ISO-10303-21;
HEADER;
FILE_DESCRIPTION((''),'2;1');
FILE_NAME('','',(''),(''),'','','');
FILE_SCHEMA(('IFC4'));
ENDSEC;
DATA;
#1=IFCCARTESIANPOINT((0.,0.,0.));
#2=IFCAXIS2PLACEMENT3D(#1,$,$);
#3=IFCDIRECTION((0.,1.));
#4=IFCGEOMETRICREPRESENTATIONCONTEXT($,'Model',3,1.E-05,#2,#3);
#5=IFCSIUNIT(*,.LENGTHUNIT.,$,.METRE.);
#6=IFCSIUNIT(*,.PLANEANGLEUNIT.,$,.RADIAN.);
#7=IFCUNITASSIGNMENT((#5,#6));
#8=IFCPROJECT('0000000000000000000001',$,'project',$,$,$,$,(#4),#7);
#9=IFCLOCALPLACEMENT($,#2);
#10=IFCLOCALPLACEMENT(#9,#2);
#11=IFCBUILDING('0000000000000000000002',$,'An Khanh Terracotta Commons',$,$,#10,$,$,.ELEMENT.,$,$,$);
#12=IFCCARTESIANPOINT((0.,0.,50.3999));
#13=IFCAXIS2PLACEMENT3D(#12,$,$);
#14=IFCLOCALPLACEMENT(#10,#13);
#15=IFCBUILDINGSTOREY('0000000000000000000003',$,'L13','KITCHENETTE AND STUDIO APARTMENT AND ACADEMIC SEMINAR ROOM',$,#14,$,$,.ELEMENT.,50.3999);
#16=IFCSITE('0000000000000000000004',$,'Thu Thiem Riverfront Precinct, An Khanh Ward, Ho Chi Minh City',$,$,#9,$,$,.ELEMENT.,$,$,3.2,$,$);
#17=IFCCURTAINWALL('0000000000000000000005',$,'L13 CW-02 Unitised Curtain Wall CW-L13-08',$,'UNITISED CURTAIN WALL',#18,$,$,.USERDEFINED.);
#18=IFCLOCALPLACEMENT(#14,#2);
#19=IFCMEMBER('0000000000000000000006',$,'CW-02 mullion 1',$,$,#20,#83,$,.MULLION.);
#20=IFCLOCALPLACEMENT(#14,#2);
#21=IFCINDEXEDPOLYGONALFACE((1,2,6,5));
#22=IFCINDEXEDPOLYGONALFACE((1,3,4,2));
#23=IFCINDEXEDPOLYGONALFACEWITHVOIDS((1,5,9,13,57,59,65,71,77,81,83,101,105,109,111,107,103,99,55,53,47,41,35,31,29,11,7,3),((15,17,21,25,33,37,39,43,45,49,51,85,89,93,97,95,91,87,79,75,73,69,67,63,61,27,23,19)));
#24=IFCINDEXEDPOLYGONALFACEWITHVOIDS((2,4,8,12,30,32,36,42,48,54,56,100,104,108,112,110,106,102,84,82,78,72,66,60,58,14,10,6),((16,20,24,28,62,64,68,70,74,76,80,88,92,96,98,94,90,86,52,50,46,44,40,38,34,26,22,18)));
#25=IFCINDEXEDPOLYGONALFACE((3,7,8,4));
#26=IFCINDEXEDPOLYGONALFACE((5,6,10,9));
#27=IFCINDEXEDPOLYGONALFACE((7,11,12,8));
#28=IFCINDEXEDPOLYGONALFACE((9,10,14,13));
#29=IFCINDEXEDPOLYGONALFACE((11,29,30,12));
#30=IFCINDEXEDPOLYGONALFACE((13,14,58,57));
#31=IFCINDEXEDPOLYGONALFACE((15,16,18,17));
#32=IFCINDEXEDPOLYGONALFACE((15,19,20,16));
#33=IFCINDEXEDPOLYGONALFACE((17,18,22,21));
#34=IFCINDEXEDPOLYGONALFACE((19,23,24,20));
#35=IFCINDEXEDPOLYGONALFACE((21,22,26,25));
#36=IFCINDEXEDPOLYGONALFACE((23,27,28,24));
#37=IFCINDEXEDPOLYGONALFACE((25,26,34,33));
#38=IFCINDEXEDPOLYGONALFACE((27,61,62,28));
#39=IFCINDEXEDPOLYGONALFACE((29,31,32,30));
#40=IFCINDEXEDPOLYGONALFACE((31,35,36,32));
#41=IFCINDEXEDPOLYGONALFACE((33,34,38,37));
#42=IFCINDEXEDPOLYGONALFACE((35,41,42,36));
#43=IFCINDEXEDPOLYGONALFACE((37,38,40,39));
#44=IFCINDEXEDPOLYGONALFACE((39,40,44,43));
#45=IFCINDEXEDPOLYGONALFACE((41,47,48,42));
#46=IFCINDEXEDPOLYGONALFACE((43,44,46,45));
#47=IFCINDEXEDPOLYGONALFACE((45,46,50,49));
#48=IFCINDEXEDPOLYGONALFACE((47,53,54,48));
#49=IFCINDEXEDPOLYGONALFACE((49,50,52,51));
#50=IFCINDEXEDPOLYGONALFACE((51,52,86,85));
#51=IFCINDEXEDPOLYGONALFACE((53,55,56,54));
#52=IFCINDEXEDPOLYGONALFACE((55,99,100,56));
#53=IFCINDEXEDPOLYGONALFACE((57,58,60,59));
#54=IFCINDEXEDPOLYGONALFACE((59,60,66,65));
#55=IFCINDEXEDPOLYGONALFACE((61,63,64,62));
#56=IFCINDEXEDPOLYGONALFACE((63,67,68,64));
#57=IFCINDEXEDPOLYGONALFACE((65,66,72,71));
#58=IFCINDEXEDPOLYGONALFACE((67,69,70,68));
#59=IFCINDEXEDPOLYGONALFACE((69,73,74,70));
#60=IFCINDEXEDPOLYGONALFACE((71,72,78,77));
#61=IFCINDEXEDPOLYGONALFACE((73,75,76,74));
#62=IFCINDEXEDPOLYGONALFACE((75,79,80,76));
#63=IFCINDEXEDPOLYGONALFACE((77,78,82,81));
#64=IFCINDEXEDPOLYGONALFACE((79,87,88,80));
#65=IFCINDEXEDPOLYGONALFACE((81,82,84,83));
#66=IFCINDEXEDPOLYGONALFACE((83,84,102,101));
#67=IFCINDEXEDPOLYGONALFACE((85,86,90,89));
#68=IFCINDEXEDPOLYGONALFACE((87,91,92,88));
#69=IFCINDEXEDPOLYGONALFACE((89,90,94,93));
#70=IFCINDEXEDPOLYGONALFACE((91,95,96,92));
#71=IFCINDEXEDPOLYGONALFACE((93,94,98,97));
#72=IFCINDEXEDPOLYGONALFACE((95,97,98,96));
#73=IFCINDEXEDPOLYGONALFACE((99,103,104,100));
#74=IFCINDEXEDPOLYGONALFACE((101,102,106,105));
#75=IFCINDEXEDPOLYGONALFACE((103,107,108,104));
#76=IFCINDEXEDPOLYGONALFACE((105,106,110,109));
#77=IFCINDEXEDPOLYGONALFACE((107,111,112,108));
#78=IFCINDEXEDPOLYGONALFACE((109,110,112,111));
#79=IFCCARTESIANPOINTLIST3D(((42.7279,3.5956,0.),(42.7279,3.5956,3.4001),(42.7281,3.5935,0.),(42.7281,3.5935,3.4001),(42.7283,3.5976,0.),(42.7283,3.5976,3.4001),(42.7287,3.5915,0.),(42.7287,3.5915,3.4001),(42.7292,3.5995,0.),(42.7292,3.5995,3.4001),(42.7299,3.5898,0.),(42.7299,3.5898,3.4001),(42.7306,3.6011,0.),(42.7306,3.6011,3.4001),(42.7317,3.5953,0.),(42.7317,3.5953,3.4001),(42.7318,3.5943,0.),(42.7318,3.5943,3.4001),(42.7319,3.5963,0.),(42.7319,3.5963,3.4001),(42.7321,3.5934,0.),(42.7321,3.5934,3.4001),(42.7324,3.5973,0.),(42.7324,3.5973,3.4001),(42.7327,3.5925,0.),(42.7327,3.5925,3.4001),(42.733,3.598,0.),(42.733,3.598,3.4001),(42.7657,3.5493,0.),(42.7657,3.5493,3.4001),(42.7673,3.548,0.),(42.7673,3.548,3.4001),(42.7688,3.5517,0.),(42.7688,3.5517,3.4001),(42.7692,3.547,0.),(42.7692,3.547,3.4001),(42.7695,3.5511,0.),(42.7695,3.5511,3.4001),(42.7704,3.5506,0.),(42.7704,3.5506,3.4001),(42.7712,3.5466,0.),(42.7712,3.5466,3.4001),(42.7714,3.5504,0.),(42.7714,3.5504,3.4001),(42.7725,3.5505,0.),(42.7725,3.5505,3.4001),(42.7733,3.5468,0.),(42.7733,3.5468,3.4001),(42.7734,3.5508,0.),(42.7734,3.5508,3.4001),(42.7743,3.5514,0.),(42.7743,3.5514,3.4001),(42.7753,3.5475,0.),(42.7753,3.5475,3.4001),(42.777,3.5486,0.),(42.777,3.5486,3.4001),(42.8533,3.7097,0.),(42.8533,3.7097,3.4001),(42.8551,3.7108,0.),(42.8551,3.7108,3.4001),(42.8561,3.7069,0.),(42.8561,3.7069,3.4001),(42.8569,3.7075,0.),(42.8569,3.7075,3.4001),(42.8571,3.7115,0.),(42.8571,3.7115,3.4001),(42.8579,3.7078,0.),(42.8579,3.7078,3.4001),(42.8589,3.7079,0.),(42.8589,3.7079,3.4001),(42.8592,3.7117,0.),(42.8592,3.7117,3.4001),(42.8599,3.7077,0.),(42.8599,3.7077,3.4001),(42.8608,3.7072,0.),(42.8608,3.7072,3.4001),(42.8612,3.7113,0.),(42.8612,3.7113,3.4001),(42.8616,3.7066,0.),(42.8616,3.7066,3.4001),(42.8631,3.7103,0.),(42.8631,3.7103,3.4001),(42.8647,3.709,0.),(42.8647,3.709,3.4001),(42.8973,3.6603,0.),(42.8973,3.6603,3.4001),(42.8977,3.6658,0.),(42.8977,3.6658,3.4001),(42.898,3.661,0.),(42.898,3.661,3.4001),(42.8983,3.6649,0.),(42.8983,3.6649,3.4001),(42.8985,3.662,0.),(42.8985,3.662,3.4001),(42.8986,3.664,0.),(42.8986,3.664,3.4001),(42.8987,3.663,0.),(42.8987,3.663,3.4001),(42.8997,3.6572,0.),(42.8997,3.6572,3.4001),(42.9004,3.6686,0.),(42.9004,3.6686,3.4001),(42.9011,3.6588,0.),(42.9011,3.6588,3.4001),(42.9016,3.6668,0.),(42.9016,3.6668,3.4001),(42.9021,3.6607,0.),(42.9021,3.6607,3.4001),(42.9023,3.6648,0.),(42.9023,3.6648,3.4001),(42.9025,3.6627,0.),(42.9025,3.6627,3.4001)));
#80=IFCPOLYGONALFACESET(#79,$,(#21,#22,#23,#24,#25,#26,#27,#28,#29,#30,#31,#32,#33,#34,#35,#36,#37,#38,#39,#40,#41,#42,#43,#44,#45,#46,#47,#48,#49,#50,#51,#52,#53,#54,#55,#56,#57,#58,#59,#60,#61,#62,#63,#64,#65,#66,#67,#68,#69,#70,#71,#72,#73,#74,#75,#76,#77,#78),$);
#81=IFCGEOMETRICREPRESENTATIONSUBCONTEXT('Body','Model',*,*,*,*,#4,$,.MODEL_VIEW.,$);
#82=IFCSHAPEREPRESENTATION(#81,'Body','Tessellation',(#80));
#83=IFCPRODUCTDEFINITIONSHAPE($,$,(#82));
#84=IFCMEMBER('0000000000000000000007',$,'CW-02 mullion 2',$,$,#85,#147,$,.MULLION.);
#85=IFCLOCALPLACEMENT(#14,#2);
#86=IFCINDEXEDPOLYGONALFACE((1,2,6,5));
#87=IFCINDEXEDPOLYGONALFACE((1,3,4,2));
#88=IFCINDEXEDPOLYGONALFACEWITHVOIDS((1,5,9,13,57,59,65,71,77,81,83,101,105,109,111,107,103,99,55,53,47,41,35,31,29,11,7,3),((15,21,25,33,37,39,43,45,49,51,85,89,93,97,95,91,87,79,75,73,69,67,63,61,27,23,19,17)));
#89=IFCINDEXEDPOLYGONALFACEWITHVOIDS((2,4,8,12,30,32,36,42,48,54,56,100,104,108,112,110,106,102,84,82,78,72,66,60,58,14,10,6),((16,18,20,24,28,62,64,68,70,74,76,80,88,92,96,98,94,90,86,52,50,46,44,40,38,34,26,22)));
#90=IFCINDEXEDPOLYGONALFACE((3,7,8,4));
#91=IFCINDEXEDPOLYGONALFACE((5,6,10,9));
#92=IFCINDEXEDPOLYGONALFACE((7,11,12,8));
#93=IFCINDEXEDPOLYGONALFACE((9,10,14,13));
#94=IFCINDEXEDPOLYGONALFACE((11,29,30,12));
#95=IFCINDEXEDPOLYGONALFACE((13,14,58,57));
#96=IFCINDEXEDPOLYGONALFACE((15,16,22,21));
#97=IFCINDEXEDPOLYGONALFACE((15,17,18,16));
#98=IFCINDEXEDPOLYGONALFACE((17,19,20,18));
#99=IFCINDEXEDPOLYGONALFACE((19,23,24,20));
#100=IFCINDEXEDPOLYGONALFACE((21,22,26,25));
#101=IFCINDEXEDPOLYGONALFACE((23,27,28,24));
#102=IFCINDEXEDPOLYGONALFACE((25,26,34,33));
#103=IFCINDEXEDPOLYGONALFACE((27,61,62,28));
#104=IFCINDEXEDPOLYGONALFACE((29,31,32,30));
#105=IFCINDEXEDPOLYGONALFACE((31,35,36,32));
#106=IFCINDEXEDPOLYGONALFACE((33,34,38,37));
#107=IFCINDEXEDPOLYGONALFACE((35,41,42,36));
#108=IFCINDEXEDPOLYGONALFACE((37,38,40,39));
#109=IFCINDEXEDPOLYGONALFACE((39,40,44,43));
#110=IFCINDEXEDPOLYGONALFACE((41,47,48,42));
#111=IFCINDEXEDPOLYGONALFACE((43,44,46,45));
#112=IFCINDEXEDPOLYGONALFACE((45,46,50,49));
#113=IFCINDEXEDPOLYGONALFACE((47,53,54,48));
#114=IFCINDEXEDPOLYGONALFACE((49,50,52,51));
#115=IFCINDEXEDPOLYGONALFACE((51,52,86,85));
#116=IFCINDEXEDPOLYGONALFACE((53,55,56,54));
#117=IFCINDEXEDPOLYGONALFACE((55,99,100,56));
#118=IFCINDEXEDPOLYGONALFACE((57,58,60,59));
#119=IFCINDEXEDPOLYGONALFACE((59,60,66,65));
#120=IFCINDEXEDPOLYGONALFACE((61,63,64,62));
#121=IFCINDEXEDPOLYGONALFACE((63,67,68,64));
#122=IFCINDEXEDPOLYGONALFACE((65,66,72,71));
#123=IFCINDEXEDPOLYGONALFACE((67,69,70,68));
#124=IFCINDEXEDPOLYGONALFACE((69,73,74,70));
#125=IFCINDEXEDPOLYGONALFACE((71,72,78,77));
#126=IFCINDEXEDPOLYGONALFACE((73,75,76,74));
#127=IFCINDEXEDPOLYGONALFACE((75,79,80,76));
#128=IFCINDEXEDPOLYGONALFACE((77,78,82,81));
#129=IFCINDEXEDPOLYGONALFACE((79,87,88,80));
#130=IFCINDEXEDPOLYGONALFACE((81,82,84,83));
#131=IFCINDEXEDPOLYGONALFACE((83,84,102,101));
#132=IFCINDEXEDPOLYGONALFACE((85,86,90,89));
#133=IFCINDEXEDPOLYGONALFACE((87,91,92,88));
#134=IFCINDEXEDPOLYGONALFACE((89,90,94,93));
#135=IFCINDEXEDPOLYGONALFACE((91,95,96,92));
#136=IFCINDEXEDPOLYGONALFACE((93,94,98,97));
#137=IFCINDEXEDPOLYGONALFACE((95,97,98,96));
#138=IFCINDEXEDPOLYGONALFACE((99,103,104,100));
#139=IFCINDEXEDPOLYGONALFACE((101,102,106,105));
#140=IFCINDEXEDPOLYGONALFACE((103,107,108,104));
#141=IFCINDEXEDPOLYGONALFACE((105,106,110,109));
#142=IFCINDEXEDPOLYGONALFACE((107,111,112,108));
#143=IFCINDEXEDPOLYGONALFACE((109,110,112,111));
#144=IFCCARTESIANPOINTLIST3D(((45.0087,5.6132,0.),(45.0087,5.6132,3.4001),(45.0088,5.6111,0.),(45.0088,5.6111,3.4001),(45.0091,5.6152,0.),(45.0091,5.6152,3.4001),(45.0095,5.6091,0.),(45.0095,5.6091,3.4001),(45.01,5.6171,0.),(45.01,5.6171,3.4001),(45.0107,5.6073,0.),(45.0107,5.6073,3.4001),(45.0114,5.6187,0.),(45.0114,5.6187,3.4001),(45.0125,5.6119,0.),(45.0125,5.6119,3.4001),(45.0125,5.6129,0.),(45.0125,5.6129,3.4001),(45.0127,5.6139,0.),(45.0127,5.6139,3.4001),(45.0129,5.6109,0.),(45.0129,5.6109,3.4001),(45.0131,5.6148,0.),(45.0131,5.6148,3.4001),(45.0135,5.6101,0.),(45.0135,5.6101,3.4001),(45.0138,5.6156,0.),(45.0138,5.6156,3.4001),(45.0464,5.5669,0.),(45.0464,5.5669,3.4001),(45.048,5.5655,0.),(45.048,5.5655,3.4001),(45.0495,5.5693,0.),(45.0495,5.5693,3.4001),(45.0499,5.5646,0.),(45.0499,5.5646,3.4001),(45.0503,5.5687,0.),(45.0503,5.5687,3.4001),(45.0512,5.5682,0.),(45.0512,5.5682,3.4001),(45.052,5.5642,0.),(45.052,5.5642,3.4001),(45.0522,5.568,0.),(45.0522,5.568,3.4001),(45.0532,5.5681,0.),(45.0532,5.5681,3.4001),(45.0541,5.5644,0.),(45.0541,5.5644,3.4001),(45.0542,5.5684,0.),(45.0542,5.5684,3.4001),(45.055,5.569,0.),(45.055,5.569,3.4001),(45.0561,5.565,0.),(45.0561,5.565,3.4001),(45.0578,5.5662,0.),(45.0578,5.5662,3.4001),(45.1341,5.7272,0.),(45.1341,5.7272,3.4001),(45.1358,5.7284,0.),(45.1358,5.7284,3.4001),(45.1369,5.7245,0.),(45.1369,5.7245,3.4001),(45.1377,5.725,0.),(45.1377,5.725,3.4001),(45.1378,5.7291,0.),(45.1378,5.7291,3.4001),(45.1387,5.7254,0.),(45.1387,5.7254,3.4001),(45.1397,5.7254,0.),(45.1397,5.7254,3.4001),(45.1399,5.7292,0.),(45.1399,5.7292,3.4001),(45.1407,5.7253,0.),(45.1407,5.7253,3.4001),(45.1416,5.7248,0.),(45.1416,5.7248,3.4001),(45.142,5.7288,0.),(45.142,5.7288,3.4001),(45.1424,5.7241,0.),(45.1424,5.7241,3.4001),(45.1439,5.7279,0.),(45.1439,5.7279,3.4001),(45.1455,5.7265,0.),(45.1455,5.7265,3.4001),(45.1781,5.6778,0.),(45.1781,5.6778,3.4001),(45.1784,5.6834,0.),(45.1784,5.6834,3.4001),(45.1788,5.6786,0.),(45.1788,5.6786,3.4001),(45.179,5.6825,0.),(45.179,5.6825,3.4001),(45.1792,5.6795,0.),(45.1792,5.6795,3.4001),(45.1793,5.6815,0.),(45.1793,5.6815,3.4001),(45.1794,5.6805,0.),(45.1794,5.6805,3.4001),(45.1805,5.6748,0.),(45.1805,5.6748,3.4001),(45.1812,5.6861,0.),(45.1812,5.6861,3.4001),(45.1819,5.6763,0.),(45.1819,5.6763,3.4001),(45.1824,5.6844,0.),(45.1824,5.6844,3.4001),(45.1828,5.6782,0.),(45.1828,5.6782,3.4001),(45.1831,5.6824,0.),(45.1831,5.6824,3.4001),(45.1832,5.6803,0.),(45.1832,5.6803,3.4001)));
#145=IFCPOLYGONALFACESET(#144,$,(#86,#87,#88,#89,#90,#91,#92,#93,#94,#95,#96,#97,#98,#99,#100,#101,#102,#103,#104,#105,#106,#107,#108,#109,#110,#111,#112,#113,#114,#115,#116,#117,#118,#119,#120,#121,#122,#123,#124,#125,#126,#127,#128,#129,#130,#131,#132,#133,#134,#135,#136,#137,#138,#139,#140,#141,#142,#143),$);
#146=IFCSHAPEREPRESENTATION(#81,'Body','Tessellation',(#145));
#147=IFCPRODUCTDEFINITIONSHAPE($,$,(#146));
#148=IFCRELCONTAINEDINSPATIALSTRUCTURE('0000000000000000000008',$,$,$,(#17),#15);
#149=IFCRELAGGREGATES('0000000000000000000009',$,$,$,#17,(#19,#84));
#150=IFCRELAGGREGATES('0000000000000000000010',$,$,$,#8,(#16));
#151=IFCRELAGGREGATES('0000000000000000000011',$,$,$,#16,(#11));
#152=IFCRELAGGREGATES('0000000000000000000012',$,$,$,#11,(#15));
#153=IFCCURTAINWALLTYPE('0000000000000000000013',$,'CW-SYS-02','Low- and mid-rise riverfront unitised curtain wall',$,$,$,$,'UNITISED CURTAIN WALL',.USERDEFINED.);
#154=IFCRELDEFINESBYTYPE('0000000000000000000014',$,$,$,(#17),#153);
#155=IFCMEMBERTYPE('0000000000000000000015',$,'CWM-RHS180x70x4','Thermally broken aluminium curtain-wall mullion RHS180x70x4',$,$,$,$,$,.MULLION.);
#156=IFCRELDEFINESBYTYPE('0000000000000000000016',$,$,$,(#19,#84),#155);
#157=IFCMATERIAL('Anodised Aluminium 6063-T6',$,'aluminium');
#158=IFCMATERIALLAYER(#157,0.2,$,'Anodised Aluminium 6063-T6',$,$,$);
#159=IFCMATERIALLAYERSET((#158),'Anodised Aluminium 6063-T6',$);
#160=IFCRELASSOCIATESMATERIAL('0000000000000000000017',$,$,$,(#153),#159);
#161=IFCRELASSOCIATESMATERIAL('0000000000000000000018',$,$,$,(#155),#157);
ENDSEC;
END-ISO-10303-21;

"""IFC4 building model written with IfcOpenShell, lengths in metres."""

from ifc_helpers import new_model, si_unit, direction, frame, origin, origin_2d, place, context, subcontext, project, spatial, hollow_rectangle, extrude, material, layer, layer_set, material_profile, profile_set, type_object, element, aggregate, save


model = new_model("IFC4")

# Units and contexts
model_context = context("Model", 3, precision=1e-05, world=origin(), true_north=direction((0.0, 1.0)))
body_context = subcontext(model_context, "Body", "Model", "MODEL_VIEW")
ifc_project = project(units=[si_unit("LENGTHUNIT", "METRE"), si_unit("PLANEANGLEUNIT", "RADIAN")], contexts=[model_context])

# Site, building, storey
site_placement = place(None, origin())
site = spatial("IfcSite", under=ifc_project, at=site_placement, Name="Thu Thiem Riverfront Precinct, An Khanh Ward, Ho Chi Minh City", CompositionType="ELEMENT", RefElevation=3.2)
building_placement = place(site_placement, origin())
building = spatial("IfcBuilding", under=site, at=building_placement, Name="An Khanh Terracotta Commons", CompositionType="ELEMENT")
storey_placement = place(building_placement, frame((0.0, 0.0, 50.3999)))
storey = spatial("IfcBuildingStorey", under=building, at=storey_placement, Name="L13", Description="KITCHENETTE AND STUDIO APARTMENT AND ACADEMIC SEMINAR ROOM", CompositionType="ELEMENT", Elevation=50.3999)

# Curtain wall, members
ifc_material_1 = material(Name="Anodised Aluminium 6063-T6", Category="aluminium")
ifc_layer_1 = layer(ifc_material_1, 0.2, Name="Anodised Aluminium 6063-T6")
ifc_layer_set_1 = layer_set([ifc_layer_1], Name="Anodised Aluminium 6063-T6")
curtain_wall_type = type_object("IfcCurtainWallType", Name="CW-SYS-02", Description="Low- and mid-rise riverfront unitised curtain wall", ElementType="UNITISED CURTAIN WALL", PredefinedType="USERDEFINED", material=ifc_layer_set_1)
curtain_wall_1_placement = place(storey_placement, origin())
curtain_wall_1 = element("IfcCurtainWall", 1, at=curtain_wall_1_placement, inside=storey, type_object=curtain_wall_type, Name="L13 CW-02 Unitised Curtain Wall CW-L13-08", ObjectType="UNITISED CURTAIN WALL", PredefinedType="USERDEFINED")
ifc_material_profile_1 = material_profile(ifc_material_1, hollow_rectangle(XDim=0.0701, YDim=0.1799, WallThickness=0.0039, InnerFilletRadius=0.0039, OuterFilletRadius=0.0081, at=origin_2d()), Name="RHS180x70x4")
ifc_profile_set_1 = profile_set([ifc_material_profile_1], Name="Anodised Aluminium 6063-T6")
member_type_1 = type_object("IfcMemberType", Name="CWM-RHS180x70x4", Description="Thermally broken aluminium curtain-wall mullion RHS180x70x4", PredefinedType="MULLION", material=ifc_profile_set_1)
member_1_placement = place(storey_placement, frame((42.8152, 3.6292, 0.0), z_axis=(0.0, 0.0, 1.0), x_axis=(-0.662548, 0.749019, 0.0)))
member_1 = element("IfcMember", 2, at=member_1_placement, type_object=member_type_1, Name="CW-02 mullion 1", PredefinedType="MULLION", context=body_context, shape_type="SweptSolid", body=[
    extrude(hollow_rectangle(XDim=0.0701, YDim=0.1799, WallThickness=0.0039, InnerFilletRadius=0.0039, OuterFilletRadius=0.0081, at=origin_2d()), origin(), (0.0, 0.0, 1.0), 3.4001),
])
member_2_placement = place(storey_placement, frame((45.0959, 5.6467, 0.0), z_axis=(0.0, 0.0, 1.0), x_axis=(-0.662548, 0.749019, 0.0)))
member_2 = element("IfcMember", 3, at=member_2_placement, type_object=member_type_1, Name="CW-02 mullion 2", PredefinedType="MULLION", context=body_context, shape_type="SweptSolid", body=[
    extrude(hollow_rectangle(XDim=0.0701, YDim=0.1799, WallThickness=0.0039, InnerFilletRadius=0.0039, OuterFilletRadius=0.0081, at=origin_2d()), origin(), (0.0, 0.0, 1.0), 3.4001),
])

aggregate(curtain_wall_1, [member_1, member_2])

save(model, "model.ifc")
